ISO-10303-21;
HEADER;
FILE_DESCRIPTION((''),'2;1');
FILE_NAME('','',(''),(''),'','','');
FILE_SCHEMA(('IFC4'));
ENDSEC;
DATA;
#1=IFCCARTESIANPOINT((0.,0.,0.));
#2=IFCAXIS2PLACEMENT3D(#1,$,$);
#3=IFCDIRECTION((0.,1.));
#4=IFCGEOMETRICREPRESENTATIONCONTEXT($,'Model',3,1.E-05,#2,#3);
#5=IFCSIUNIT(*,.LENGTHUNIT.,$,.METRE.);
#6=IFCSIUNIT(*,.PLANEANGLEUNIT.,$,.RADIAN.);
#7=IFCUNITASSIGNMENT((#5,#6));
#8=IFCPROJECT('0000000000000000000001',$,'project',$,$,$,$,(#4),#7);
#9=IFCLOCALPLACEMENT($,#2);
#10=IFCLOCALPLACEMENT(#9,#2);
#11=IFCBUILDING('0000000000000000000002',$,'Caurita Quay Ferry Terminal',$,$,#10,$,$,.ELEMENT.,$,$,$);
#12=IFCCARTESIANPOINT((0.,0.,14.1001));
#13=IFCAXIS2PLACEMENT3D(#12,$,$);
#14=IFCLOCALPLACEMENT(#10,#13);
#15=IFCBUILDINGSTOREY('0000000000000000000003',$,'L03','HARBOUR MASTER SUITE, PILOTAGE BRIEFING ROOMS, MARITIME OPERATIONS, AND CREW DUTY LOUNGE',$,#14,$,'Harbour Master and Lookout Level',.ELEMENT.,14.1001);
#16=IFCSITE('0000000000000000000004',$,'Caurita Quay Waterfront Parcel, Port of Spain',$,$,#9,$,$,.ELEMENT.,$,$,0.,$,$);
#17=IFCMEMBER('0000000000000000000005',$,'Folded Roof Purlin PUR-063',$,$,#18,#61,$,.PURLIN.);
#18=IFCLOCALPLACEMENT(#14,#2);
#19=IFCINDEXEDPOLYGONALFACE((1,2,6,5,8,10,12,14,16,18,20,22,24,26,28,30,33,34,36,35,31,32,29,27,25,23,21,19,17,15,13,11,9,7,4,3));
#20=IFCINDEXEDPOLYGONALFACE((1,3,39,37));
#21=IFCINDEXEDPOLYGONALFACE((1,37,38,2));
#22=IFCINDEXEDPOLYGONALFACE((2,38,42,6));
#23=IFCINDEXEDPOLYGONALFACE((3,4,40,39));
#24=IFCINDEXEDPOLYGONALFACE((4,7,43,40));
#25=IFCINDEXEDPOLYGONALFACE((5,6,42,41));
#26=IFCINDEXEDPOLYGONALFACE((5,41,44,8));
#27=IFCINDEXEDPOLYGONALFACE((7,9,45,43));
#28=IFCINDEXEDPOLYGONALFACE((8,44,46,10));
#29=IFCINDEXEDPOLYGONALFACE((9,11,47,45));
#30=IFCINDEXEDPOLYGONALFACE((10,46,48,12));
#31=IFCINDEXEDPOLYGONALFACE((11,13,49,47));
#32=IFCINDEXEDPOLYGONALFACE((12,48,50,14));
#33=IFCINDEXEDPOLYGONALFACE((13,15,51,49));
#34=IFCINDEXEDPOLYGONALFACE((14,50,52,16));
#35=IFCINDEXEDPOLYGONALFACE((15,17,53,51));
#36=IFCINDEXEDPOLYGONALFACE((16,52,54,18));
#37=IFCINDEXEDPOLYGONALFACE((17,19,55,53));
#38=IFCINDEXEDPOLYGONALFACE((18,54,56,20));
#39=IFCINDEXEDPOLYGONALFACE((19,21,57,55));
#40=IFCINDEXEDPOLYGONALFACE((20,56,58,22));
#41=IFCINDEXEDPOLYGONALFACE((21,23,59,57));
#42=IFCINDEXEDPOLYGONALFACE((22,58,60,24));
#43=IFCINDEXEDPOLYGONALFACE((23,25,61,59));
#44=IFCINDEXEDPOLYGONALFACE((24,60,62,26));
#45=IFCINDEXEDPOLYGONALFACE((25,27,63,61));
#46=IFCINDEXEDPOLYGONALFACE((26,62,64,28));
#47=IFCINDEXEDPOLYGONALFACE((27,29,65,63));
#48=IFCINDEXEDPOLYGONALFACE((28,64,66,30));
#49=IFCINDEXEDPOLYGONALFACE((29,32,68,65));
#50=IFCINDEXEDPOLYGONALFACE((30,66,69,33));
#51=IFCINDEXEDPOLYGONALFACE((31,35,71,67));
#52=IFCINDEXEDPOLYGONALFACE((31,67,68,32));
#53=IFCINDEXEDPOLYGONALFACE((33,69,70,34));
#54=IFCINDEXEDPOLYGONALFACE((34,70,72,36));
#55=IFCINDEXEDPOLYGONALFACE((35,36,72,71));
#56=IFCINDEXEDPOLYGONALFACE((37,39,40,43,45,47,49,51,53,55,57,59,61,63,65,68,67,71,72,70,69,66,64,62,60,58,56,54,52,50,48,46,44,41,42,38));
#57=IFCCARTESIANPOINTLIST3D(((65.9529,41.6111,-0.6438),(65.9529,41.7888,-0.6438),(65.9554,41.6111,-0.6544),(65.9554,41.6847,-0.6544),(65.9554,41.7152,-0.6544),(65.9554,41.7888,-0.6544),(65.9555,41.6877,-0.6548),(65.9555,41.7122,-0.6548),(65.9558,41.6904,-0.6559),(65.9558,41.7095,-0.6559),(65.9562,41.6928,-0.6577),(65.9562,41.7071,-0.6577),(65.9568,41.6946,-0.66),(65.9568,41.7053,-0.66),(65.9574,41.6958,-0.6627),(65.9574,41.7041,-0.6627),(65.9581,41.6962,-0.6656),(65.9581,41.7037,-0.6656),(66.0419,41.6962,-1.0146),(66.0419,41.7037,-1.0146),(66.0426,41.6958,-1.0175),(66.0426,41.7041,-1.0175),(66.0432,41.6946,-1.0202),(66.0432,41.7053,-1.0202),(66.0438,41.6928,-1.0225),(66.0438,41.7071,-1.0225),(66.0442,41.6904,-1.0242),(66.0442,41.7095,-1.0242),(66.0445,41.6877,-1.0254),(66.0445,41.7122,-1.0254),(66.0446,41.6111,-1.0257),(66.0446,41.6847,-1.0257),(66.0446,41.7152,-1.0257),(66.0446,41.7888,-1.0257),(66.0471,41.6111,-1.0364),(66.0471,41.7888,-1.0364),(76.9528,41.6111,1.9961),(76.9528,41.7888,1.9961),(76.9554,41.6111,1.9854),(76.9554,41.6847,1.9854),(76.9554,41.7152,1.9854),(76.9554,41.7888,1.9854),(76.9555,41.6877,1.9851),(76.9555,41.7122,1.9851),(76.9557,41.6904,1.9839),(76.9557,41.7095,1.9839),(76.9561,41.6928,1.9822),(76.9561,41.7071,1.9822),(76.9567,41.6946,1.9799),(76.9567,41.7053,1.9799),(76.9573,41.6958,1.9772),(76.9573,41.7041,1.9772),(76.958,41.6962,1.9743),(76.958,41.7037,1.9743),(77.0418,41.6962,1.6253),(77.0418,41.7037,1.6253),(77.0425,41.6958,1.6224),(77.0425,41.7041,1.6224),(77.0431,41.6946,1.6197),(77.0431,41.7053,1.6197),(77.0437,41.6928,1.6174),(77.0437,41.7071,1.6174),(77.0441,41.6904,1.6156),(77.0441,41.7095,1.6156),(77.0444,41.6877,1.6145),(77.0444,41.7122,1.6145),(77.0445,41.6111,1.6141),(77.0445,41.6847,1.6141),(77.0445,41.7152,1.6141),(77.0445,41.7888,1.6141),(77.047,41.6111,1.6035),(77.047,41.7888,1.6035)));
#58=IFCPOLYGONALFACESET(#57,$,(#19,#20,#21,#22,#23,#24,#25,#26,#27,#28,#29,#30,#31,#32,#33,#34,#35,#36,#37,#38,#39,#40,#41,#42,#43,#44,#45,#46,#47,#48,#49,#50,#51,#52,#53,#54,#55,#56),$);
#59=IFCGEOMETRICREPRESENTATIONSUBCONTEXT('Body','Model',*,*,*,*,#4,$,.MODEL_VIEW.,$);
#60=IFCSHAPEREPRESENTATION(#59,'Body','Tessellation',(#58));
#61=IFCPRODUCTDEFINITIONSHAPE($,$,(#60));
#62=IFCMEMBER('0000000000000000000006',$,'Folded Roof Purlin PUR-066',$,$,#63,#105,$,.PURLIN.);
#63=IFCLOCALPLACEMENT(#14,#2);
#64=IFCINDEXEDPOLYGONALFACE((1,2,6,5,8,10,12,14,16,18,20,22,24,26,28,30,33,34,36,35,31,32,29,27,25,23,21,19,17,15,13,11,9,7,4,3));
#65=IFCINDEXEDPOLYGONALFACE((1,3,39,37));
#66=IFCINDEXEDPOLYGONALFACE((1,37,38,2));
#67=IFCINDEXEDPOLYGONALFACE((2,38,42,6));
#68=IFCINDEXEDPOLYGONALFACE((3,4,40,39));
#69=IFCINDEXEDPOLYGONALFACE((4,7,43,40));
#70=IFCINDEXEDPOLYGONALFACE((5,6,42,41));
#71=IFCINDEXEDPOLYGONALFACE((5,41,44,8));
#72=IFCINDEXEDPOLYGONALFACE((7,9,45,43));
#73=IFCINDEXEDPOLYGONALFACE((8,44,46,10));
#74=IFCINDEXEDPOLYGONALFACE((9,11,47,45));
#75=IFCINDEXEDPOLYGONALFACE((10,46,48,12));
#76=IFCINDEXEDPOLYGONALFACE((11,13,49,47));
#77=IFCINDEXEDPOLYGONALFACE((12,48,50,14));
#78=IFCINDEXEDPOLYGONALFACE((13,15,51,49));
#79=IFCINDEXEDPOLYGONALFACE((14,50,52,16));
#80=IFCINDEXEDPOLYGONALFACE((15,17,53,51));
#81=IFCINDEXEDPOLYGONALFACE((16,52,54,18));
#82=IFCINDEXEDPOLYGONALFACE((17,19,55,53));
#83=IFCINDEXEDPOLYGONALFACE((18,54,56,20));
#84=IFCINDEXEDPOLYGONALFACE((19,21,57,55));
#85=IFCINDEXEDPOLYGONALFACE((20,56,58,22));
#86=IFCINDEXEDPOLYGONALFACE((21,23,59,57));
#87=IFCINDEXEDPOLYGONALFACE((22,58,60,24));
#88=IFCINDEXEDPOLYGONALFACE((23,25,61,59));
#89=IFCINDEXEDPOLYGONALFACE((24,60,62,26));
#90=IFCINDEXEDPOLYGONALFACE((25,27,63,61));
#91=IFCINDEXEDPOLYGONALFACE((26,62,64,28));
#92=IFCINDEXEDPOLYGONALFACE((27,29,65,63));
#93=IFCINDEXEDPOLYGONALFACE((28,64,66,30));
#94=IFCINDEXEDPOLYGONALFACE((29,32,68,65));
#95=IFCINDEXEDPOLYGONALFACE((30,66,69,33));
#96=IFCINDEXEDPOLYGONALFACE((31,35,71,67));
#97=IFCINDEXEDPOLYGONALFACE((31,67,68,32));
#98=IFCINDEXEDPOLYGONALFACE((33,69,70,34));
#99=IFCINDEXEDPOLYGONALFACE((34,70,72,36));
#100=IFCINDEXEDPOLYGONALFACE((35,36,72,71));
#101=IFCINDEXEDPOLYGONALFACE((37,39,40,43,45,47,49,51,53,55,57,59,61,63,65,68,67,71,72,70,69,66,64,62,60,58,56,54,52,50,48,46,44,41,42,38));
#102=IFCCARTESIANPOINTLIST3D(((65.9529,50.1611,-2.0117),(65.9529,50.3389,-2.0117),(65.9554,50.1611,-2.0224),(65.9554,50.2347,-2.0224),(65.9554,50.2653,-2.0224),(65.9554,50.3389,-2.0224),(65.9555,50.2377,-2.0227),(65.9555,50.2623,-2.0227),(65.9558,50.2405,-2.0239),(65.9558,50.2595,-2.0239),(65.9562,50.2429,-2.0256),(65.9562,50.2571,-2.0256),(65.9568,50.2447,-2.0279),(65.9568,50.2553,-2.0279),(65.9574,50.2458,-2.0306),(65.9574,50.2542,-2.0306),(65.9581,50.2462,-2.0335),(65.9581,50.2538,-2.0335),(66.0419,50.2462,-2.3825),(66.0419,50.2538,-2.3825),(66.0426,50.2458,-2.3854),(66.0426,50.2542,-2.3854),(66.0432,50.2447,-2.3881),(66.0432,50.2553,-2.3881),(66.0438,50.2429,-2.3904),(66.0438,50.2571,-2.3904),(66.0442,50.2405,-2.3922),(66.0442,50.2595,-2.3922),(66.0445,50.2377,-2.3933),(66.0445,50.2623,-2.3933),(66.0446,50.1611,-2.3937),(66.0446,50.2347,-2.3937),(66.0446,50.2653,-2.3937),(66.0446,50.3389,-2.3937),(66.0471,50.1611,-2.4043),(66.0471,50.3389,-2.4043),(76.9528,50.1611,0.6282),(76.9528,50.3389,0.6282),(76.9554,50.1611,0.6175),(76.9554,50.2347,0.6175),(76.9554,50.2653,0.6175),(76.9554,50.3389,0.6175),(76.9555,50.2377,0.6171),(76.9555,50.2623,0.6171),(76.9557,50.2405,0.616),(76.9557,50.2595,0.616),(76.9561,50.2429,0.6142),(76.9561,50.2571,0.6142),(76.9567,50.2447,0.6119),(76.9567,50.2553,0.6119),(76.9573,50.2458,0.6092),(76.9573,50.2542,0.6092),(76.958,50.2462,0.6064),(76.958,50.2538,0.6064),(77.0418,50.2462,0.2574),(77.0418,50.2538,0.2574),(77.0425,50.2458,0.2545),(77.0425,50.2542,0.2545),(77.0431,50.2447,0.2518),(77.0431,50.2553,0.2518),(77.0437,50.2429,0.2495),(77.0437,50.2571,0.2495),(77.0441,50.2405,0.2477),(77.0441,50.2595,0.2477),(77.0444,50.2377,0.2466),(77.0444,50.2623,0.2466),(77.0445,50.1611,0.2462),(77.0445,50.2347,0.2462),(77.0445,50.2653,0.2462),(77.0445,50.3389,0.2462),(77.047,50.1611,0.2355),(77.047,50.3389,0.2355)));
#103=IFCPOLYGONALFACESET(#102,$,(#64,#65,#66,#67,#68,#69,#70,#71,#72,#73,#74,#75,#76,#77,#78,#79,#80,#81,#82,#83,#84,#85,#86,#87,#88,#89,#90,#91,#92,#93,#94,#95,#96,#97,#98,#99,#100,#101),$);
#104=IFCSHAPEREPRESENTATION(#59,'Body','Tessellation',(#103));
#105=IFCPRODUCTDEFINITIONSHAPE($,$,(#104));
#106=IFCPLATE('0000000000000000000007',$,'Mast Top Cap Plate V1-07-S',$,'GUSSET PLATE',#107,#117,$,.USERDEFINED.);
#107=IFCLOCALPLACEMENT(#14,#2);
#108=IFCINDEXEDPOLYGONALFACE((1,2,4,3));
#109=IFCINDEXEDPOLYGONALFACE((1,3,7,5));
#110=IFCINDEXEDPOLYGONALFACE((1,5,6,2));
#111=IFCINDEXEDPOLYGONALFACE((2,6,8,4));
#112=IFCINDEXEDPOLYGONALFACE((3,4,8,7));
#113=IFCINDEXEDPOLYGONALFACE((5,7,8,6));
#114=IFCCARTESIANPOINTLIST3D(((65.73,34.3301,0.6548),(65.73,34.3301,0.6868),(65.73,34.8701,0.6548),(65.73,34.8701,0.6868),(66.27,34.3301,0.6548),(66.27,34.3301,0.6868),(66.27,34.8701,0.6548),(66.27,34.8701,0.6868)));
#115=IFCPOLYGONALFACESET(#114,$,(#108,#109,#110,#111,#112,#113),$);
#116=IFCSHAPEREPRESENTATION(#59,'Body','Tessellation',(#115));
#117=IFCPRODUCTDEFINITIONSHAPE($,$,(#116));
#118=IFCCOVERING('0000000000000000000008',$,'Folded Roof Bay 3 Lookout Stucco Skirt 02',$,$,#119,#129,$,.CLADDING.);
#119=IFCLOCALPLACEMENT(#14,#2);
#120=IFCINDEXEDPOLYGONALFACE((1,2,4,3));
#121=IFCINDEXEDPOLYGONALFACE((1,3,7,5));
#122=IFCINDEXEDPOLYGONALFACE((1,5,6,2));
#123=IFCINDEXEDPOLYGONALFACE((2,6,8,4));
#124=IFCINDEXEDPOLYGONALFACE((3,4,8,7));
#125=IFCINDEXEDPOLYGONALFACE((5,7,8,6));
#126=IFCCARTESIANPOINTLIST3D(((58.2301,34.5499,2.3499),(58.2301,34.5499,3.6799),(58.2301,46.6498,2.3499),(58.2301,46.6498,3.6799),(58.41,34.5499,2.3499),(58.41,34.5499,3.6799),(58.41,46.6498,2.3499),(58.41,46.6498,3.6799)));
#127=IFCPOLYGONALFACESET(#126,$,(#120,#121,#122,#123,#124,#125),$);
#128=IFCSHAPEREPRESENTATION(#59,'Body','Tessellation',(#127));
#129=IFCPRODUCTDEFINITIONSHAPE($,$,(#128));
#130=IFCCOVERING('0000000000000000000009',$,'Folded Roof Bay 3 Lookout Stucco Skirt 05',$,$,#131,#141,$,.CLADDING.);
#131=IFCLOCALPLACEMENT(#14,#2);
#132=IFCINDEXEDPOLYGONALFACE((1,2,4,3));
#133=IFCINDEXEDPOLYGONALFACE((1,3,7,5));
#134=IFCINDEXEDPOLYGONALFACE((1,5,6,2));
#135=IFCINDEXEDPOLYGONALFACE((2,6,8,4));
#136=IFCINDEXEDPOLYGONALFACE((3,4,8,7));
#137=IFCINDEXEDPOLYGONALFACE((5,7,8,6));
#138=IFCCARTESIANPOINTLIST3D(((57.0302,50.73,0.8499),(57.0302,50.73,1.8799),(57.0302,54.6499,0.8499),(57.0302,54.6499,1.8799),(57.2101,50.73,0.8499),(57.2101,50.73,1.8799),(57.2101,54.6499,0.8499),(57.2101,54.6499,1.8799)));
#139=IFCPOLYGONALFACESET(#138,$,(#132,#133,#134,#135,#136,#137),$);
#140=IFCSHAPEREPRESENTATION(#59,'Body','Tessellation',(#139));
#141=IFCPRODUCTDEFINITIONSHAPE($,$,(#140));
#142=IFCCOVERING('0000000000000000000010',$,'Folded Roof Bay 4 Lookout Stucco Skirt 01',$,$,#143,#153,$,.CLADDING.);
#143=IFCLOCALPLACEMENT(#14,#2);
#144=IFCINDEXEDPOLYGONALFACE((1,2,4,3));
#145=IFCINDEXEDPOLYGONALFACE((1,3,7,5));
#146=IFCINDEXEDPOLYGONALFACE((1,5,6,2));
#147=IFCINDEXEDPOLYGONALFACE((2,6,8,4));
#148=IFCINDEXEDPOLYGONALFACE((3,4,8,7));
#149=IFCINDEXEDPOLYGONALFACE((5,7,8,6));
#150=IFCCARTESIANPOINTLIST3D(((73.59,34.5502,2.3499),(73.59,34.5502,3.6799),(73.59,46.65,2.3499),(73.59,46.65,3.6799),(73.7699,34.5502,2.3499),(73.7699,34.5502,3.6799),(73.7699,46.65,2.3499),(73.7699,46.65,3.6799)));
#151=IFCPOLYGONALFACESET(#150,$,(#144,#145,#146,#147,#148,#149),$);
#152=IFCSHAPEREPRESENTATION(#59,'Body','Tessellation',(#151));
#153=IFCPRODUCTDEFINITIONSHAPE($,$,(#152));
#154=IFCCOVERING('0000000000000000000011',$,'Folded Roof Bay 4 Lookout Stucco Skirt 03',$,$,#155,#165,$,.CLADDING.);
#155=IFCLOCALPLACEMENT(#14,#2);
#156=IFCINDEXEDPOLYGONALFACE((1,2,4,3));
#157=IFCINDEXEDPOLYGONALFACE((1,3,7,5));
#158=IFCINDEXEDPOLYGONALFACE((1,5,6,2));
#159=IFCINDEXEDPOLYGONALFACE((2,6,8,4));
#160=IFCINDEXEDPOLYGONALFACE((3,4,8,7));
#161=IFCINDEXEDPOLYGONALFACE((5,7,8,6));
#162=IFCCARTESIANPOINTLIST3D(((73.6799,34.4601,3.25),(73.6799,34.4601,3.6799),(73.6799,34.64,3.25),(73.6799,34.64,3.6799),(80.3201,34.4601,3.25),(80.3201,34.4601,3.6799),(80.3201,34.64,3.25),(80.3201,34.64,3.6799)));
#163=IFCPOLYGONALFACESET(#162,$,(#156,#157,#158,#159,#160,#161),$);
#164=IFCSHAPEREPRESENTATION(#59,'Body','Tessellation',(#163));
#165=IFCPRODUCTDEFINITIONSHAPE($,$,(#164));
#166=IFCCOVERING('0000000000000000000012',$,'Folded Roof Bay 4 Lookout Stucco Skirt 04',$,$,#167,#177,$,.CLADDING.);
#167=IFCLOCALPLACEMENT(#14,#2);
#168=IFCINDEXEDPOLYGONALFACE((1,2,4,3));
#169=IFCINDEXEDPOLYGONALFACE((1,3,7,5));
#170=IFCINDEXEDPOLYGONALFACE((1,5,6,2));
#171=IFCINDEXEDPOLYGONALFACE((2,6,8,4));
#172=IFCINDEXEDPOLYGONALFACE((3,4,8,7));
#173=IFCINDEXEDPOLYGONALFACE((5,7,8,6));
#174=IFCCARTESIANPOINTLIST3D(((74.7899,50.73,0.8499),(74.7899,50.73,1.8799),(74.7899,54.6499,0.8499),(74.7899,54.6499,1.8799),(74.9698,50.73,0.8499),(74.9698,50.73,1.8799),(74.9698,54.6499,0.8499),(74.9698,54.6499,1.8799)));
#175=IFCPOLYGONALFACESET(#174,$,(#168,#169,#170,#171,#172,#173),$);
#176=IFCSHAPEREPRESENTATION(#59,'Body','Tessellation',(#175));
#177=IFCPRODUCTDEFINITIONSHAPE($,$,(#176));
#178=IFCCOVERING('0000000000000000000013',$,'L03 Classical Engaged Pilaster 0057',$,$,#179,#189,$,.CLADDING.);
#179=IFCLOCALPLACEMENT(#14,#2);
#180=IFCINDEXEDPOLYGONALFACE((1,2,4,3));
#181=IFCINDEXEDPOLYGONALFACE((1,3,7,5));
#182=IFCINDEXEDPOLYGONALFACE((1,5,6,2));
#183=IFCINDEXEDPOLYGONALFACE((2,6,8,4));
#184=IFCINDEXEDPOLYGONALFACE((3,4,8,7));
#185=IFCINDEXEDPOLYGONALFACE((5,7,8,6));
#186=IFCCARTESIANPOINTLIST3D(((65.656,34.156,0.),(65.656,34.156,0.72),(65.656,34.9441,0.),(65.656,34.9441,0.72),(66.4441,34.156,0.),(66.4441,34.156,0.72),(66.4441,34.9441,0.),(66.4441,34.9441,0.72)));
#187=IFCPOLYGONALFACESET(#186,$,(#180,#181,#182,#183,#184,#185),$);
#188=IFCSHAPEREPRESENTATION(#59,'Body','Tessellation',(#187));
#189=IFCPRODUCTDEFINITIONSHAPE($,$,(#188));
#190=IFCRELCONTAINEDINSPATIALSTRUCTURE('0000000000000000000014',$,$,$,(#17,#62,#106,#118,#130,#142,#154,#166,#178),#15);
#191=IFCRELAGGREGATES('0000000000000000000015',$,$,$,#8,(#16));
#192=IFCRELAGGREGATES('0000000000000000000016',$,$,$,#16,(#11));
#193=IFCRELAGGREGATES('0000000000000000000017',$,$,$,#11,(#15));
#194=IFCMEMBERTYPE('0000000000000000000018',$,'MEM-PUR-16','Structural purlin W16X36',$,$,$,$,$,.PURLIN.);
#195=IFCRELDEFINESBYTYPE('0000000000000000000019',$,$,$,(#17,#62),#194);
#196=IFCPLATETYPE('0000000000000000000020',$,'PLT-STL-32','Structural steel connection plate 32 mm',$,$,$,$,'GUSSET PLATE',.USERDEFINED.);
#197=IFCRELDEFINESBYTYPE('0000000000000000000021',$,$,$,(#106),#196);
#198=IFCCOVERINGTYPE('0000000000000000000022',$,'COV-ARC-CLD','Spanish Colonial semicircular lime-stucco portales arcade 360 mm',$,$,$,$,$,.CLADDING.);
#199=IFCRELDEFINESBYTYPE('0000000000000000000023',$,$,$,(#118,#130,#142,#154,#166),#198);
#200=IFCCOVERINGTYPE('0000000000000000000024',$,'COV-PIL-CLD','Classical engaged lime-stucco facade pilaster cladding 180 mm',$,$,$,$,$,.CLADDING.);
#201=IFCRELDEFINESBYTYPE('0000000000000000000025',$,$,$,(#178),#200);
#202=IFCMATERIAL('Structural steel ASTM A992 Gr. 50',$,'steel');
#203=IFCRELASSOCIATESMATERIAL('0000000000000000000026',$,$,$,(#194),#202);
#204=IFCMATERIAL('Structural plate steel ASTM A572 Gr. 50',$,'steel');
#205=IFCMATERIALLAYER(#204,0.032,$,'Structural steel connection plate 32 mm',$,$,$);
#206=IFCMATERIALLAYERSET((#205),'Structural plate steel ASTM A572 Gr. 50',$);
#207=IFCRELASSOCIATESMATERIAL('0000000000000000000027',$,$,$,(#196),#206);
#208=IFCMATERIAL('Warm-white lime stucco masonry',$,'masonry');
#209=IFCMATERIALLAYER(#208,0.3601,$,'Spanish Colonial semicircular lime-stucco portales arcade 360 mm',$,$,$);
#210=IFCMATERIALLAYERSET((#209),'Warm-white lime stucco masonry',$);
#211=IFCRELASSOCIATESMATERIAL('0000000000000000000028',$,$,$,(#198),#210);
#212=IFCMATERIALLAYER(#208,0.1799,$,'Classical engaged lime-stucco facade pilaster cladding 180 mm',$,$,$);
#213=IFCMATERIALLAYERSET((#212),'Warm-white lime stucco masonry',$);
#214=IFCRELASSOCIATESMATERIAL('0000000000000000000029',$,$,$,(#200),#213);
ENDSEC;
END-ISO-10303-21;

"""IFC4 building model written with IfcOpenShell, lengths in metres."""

from ifc_helpers import new_model, si_unit, direction, frame, frame_2d, origin, origin_2d, place, context, subcontext, project, spatial, rectangle, i_section, extrude, material, layer, layer_set, material_profile, profile_set, type_object, element, save


model = new_model("IFC4")

# Units and contexts
model_context = context("Model", 3, precision=1e-05, world=origin(), true_north=direction((0.0, 1.0)))
body_context = subcontext(model_context, "Body", "Model", "MODEL_VIEW")
ifc_project = project(units=[si_unit("LENGTHUNIT", "METRE"), si_unit("PLANEANGLEUNIT", "RADIAN")], contexts=[model_context])

# Site, building, storey
site_placement = place(None, origin())
site = spatial("IfcSite", under=ifc_project, at=site_placement, Name="Caurita Quay Waterfront Parcel, Port of Spain", CompositionType="ELEMENT", RefElevation=0.0)
building_placement = place(site_placement, origin())
building = spatial("IfcBuilding", under=site, at=building_placement, Name="Caurita Quay Ferry Terminal", CompositionType="ELEMENT")
storey_placement = place(building_placement, frame((0.0, 0.0, 14.1001)))
storey = spatial("IfcBuildingStorey", under=building, at=storey_placement, Name="L03", Description="HARBOUR MASTER SUITE, PILOTAGE BRIEFING ROOMS, MARITIME OPERATIONS, AND CREW DUTY LOUNGE", LongName="Harbour Master and Lookout Level", CompositionType="ELEMENT", Elevation=14.1001)

# Shared definitions
ifc_material_1 = material(Name="Structural steel ASTM A992 Gr. 50", Category="steel")

# Members
ifc_material_profile_1 = material_profile(ifc_material_1, i_section(OverallWidth=0.1777, OverallDepth=0.4038, WebThickness=0.0076, FlangeThickness=0.011, FilletRadius=0.0115, at=origin_2d()), Name="W16X36")
ifc_profile_set_1 = profile_set([ifc_material_profile_1], Name="Structural steel ASTM A992 Gr. 50")
member_type_1 = type_object("IfcMemberType", Name="MEM-PUR-16", Description="Structural purlin W16X36", PredefinedType="PURLIN", material=ifc_profile_set_1)
for number, where, z_axis, x_axis, name in (
    (1, (66.0, 41.7, -0.8401), (0.972389, 0.0, 0.233364), (0.0, 1.0, 0.0), "Folded Roof Purlin PUR-063"),
    (2, (66.0, 50.25, -2.208), (0.972389, 0.0, 0.233364), (0.0, 1.0, 0.0), "Folded Roof Purlin PUR-066"),
):
    element("IfcMember", number, at=place(storey_placement, frame(where, z_axis=z_axis, x_axis=x_axis)), inside=storey, type_object=member_type_1, Name=name, PredefinedType="PURLIN", context=body_context, shape_type="SweptSolid", body=[
        extrude(i_section(OverallWidth=0.1777, OverallDepth=0.4038, WebThickness=0.0076, FlangeThickness=0.011, FilletRadius=0.0115, at=origin_2d()), origin(), (0.0, 0.0, 1.0), 11.3123),
    ])

# Plate
ifc_material_2 = material(Name="Structural plate steel ASTM A572 Gr. 50", Category="steel")
ifc_layer_1 = layer(ifc_material_2, 0.032, Name="Structural steel connection plate 32 mm")
ifc_layer_set_1 = layer_set([ifc_layer_1], Name="Structural plate steel ASTM A572 Gr. 50")
plate_type = type_object("IfcPlateType", Name="PLT-STL-32", Description="Structural steel connection plate 32 mm", ElementType="GUSSET PLATE", PredefinedType="USERDEFINED", material=ifc_layer_set_1)
plate_placement = place(storey_placement, frame((66.0, 34.6001, 0.6548), z_axis=(0.0, 0.0, 1.0), x_axis=(1.0, 0.0, 0.0)))
element("IfcPlate", 3, at=plate_placement, inside=storey, type_object=plate_type, Name="Mast Top Cap Plate V1-07-S", ObjectType="GUSSET PLATE", PredefinedType="USERDEFINED", context=body_context, shape_type="SweptSolid", body=[
    extrude(rectangle(XDim=0.54, YDim=0.54, at=origin_2d()), origin(), (0.0, 0.0, 1.0), 0.032),
])

# Coverings
ifc_material_3 = material(Name="Warm-white lime stucco masonry", Category="masonry")
ifc_layer_2 = layer(ifc_material_3, 0.3601, Name="Spanish Colonial semicircular lime-stucco portales arcade 360 mm")
ifc_layer_set_2 = layer_set([ifc_layer_2], Name="Warm-white lime stucco masonry")
covering_type_1 = type_object("IfcCoveringType", Name="COV-ARC-CLD", Description="Spanish Colonial semicircular lime-stucco portales arcade 360 mm", PredefinedType="CLADDING", material=ifc_layer_set_2)
covering_1_placement = place(storey_placement, frame((58.3201, 34.55, 2.3499), z_axis=(0.0, 0.0, 1.0), x_axis=(0.0, 1.0, 0.0)))
element("IfcCovering", 4, at=covering_1_placement, inside=storey, type_object=covering_type_1, Name="Folded Roof Bay 3 Lookout Stucco Skirt 02", PredefinedType="CLADDING", context=body_context, shape_type="SweptSolid", body=[
    extrude(rectangle(XDim=12.0999, YDim=0.1799, at=frame_2d((6.0498, 0.0))), origin(), (0.0, 0.0, 1.0), 1.3301),
])
covering_2_placement = place(storey_placement, frame((57.1201, 50.73, 0.8499), z_axis=(0.0, 0.0, 1.0), x_axis=(0.0, 1.0, 0.0)))
element("IfcCovering", 5, at=covering_2_placement, inside=storey, type_object=covering_type_1, Name="Folded Roof Bay 3 Lookout Stucco Skirt 05", PredefinedType="CLADDING", context=body_context, shape_type="SweptSolid", body=[
    extrude(rectangle(XDim=3.9199, YDim=0.1799, at=frame_2d((1.96, 0.0))), origin(), (0.0, 0.0, 1.0), 1.03),
])
covering_3_placement = place(storey_placement, frame((73.6799, 46.6499, 2.3499), z_axis=(0.0, 0.0, 1.0), x_axis=(0.0, -1.0, 0.0)))
element("IfcCovering", 6, at=covering_3_placement, inside=storey, type_object=covering_type_1, Name="Folded Roof Bay 4 Lookout Stucco Skirt 01", PredefinedType="CLADDING", context=body_context, shape_type="SweptSolid", body=[
    extrude(rectangle(XDim=12.0999, YDim=0.1799, at=frame_2d((6.0498, 0.0))), origin(), (0.0, 0.0, 1.0), 1.3301),
])
covering_4_placement = place(storey_placement, frame((73.6799, 34.55, 3.25), z_axis=(0.0, 0.0, 1.0), x_axis=(1.0, 0.0, 0.0)))
element("IfcCovering", 7, at=covering_4_placement, inside=storey, type_object=covering_type_1, Name="Folded Roof Bay 4 Lookout Stucco Skirt 03", PredefinedType="CLADDING", context=body_context, shape_type="SweptSolid", body=[
    extrude(rectangle(XDim=6.6401, YDim=0.1799, at=frame_2d((3.3201, 0.0))), origin(), (0.0, 0.0, 1.0), 0.4299),
])
covering_5_placement = place(storey_placement, frame((74.8799, 54.6499, 0.8499), z_axis=(0.0, 0.0, 1.0), x_axis=(0.0, -1.0, 0.0)))
element("IfcCovering", 8, at=covering_5_placement, inside=storey, type_object=covering_type_1, Name="Folded Roof Bay 4 Lookout Stucco Skirt 04", PredefinedType="CLADDING", context=body_context, shape_type="SweptSolid", body=[
    extrude(rectangle(XDim=3.9199, YDim=0.1799, at=frame_2d((1.96, 0.0))), origin(), (0.0, 0.0, 1.0), 1.03),
])
ifc_layer_3 = layer(ifc_material_3, 0.1799, Name="Classical engaged lime-stucco facade pilaster cladding 180 mm")
ifc_layer_set_3 = layer_set([ifc_layer_3], Name="Warm-white lime stucco masonry")
covering_type_2 = type_object("IfcCoveringType", Name="COV-PIL-CLD", Description="Classical engaged lime-stucco facade pilaster cladding 180 mm", PredefinedType="CLADDING", material=ifc_layer_set_3)
covering_6_placement = place(storey_placement, frame((66.05, 34.55, 0.0), z_axis=(0.0, 0.0, 1.0), x_axis=(1.0, 0.0, 0.0)))
element("IfcCovering", 9, at=covering_6_placement, inside=storey, type_object=covering_type_2, Name="L03 Classical Engaged Pilaster 0057", PredefinedType="CLADDING", context=body_context, shape_type="SweptSolid", body=[
    extrude(rectangle(XDim=0.7881, YDim=0.7881, at=origin_2d()), origin(), (0.0, 0.0, 1.0), 0.72),
])

save(model, "model.ifc")
